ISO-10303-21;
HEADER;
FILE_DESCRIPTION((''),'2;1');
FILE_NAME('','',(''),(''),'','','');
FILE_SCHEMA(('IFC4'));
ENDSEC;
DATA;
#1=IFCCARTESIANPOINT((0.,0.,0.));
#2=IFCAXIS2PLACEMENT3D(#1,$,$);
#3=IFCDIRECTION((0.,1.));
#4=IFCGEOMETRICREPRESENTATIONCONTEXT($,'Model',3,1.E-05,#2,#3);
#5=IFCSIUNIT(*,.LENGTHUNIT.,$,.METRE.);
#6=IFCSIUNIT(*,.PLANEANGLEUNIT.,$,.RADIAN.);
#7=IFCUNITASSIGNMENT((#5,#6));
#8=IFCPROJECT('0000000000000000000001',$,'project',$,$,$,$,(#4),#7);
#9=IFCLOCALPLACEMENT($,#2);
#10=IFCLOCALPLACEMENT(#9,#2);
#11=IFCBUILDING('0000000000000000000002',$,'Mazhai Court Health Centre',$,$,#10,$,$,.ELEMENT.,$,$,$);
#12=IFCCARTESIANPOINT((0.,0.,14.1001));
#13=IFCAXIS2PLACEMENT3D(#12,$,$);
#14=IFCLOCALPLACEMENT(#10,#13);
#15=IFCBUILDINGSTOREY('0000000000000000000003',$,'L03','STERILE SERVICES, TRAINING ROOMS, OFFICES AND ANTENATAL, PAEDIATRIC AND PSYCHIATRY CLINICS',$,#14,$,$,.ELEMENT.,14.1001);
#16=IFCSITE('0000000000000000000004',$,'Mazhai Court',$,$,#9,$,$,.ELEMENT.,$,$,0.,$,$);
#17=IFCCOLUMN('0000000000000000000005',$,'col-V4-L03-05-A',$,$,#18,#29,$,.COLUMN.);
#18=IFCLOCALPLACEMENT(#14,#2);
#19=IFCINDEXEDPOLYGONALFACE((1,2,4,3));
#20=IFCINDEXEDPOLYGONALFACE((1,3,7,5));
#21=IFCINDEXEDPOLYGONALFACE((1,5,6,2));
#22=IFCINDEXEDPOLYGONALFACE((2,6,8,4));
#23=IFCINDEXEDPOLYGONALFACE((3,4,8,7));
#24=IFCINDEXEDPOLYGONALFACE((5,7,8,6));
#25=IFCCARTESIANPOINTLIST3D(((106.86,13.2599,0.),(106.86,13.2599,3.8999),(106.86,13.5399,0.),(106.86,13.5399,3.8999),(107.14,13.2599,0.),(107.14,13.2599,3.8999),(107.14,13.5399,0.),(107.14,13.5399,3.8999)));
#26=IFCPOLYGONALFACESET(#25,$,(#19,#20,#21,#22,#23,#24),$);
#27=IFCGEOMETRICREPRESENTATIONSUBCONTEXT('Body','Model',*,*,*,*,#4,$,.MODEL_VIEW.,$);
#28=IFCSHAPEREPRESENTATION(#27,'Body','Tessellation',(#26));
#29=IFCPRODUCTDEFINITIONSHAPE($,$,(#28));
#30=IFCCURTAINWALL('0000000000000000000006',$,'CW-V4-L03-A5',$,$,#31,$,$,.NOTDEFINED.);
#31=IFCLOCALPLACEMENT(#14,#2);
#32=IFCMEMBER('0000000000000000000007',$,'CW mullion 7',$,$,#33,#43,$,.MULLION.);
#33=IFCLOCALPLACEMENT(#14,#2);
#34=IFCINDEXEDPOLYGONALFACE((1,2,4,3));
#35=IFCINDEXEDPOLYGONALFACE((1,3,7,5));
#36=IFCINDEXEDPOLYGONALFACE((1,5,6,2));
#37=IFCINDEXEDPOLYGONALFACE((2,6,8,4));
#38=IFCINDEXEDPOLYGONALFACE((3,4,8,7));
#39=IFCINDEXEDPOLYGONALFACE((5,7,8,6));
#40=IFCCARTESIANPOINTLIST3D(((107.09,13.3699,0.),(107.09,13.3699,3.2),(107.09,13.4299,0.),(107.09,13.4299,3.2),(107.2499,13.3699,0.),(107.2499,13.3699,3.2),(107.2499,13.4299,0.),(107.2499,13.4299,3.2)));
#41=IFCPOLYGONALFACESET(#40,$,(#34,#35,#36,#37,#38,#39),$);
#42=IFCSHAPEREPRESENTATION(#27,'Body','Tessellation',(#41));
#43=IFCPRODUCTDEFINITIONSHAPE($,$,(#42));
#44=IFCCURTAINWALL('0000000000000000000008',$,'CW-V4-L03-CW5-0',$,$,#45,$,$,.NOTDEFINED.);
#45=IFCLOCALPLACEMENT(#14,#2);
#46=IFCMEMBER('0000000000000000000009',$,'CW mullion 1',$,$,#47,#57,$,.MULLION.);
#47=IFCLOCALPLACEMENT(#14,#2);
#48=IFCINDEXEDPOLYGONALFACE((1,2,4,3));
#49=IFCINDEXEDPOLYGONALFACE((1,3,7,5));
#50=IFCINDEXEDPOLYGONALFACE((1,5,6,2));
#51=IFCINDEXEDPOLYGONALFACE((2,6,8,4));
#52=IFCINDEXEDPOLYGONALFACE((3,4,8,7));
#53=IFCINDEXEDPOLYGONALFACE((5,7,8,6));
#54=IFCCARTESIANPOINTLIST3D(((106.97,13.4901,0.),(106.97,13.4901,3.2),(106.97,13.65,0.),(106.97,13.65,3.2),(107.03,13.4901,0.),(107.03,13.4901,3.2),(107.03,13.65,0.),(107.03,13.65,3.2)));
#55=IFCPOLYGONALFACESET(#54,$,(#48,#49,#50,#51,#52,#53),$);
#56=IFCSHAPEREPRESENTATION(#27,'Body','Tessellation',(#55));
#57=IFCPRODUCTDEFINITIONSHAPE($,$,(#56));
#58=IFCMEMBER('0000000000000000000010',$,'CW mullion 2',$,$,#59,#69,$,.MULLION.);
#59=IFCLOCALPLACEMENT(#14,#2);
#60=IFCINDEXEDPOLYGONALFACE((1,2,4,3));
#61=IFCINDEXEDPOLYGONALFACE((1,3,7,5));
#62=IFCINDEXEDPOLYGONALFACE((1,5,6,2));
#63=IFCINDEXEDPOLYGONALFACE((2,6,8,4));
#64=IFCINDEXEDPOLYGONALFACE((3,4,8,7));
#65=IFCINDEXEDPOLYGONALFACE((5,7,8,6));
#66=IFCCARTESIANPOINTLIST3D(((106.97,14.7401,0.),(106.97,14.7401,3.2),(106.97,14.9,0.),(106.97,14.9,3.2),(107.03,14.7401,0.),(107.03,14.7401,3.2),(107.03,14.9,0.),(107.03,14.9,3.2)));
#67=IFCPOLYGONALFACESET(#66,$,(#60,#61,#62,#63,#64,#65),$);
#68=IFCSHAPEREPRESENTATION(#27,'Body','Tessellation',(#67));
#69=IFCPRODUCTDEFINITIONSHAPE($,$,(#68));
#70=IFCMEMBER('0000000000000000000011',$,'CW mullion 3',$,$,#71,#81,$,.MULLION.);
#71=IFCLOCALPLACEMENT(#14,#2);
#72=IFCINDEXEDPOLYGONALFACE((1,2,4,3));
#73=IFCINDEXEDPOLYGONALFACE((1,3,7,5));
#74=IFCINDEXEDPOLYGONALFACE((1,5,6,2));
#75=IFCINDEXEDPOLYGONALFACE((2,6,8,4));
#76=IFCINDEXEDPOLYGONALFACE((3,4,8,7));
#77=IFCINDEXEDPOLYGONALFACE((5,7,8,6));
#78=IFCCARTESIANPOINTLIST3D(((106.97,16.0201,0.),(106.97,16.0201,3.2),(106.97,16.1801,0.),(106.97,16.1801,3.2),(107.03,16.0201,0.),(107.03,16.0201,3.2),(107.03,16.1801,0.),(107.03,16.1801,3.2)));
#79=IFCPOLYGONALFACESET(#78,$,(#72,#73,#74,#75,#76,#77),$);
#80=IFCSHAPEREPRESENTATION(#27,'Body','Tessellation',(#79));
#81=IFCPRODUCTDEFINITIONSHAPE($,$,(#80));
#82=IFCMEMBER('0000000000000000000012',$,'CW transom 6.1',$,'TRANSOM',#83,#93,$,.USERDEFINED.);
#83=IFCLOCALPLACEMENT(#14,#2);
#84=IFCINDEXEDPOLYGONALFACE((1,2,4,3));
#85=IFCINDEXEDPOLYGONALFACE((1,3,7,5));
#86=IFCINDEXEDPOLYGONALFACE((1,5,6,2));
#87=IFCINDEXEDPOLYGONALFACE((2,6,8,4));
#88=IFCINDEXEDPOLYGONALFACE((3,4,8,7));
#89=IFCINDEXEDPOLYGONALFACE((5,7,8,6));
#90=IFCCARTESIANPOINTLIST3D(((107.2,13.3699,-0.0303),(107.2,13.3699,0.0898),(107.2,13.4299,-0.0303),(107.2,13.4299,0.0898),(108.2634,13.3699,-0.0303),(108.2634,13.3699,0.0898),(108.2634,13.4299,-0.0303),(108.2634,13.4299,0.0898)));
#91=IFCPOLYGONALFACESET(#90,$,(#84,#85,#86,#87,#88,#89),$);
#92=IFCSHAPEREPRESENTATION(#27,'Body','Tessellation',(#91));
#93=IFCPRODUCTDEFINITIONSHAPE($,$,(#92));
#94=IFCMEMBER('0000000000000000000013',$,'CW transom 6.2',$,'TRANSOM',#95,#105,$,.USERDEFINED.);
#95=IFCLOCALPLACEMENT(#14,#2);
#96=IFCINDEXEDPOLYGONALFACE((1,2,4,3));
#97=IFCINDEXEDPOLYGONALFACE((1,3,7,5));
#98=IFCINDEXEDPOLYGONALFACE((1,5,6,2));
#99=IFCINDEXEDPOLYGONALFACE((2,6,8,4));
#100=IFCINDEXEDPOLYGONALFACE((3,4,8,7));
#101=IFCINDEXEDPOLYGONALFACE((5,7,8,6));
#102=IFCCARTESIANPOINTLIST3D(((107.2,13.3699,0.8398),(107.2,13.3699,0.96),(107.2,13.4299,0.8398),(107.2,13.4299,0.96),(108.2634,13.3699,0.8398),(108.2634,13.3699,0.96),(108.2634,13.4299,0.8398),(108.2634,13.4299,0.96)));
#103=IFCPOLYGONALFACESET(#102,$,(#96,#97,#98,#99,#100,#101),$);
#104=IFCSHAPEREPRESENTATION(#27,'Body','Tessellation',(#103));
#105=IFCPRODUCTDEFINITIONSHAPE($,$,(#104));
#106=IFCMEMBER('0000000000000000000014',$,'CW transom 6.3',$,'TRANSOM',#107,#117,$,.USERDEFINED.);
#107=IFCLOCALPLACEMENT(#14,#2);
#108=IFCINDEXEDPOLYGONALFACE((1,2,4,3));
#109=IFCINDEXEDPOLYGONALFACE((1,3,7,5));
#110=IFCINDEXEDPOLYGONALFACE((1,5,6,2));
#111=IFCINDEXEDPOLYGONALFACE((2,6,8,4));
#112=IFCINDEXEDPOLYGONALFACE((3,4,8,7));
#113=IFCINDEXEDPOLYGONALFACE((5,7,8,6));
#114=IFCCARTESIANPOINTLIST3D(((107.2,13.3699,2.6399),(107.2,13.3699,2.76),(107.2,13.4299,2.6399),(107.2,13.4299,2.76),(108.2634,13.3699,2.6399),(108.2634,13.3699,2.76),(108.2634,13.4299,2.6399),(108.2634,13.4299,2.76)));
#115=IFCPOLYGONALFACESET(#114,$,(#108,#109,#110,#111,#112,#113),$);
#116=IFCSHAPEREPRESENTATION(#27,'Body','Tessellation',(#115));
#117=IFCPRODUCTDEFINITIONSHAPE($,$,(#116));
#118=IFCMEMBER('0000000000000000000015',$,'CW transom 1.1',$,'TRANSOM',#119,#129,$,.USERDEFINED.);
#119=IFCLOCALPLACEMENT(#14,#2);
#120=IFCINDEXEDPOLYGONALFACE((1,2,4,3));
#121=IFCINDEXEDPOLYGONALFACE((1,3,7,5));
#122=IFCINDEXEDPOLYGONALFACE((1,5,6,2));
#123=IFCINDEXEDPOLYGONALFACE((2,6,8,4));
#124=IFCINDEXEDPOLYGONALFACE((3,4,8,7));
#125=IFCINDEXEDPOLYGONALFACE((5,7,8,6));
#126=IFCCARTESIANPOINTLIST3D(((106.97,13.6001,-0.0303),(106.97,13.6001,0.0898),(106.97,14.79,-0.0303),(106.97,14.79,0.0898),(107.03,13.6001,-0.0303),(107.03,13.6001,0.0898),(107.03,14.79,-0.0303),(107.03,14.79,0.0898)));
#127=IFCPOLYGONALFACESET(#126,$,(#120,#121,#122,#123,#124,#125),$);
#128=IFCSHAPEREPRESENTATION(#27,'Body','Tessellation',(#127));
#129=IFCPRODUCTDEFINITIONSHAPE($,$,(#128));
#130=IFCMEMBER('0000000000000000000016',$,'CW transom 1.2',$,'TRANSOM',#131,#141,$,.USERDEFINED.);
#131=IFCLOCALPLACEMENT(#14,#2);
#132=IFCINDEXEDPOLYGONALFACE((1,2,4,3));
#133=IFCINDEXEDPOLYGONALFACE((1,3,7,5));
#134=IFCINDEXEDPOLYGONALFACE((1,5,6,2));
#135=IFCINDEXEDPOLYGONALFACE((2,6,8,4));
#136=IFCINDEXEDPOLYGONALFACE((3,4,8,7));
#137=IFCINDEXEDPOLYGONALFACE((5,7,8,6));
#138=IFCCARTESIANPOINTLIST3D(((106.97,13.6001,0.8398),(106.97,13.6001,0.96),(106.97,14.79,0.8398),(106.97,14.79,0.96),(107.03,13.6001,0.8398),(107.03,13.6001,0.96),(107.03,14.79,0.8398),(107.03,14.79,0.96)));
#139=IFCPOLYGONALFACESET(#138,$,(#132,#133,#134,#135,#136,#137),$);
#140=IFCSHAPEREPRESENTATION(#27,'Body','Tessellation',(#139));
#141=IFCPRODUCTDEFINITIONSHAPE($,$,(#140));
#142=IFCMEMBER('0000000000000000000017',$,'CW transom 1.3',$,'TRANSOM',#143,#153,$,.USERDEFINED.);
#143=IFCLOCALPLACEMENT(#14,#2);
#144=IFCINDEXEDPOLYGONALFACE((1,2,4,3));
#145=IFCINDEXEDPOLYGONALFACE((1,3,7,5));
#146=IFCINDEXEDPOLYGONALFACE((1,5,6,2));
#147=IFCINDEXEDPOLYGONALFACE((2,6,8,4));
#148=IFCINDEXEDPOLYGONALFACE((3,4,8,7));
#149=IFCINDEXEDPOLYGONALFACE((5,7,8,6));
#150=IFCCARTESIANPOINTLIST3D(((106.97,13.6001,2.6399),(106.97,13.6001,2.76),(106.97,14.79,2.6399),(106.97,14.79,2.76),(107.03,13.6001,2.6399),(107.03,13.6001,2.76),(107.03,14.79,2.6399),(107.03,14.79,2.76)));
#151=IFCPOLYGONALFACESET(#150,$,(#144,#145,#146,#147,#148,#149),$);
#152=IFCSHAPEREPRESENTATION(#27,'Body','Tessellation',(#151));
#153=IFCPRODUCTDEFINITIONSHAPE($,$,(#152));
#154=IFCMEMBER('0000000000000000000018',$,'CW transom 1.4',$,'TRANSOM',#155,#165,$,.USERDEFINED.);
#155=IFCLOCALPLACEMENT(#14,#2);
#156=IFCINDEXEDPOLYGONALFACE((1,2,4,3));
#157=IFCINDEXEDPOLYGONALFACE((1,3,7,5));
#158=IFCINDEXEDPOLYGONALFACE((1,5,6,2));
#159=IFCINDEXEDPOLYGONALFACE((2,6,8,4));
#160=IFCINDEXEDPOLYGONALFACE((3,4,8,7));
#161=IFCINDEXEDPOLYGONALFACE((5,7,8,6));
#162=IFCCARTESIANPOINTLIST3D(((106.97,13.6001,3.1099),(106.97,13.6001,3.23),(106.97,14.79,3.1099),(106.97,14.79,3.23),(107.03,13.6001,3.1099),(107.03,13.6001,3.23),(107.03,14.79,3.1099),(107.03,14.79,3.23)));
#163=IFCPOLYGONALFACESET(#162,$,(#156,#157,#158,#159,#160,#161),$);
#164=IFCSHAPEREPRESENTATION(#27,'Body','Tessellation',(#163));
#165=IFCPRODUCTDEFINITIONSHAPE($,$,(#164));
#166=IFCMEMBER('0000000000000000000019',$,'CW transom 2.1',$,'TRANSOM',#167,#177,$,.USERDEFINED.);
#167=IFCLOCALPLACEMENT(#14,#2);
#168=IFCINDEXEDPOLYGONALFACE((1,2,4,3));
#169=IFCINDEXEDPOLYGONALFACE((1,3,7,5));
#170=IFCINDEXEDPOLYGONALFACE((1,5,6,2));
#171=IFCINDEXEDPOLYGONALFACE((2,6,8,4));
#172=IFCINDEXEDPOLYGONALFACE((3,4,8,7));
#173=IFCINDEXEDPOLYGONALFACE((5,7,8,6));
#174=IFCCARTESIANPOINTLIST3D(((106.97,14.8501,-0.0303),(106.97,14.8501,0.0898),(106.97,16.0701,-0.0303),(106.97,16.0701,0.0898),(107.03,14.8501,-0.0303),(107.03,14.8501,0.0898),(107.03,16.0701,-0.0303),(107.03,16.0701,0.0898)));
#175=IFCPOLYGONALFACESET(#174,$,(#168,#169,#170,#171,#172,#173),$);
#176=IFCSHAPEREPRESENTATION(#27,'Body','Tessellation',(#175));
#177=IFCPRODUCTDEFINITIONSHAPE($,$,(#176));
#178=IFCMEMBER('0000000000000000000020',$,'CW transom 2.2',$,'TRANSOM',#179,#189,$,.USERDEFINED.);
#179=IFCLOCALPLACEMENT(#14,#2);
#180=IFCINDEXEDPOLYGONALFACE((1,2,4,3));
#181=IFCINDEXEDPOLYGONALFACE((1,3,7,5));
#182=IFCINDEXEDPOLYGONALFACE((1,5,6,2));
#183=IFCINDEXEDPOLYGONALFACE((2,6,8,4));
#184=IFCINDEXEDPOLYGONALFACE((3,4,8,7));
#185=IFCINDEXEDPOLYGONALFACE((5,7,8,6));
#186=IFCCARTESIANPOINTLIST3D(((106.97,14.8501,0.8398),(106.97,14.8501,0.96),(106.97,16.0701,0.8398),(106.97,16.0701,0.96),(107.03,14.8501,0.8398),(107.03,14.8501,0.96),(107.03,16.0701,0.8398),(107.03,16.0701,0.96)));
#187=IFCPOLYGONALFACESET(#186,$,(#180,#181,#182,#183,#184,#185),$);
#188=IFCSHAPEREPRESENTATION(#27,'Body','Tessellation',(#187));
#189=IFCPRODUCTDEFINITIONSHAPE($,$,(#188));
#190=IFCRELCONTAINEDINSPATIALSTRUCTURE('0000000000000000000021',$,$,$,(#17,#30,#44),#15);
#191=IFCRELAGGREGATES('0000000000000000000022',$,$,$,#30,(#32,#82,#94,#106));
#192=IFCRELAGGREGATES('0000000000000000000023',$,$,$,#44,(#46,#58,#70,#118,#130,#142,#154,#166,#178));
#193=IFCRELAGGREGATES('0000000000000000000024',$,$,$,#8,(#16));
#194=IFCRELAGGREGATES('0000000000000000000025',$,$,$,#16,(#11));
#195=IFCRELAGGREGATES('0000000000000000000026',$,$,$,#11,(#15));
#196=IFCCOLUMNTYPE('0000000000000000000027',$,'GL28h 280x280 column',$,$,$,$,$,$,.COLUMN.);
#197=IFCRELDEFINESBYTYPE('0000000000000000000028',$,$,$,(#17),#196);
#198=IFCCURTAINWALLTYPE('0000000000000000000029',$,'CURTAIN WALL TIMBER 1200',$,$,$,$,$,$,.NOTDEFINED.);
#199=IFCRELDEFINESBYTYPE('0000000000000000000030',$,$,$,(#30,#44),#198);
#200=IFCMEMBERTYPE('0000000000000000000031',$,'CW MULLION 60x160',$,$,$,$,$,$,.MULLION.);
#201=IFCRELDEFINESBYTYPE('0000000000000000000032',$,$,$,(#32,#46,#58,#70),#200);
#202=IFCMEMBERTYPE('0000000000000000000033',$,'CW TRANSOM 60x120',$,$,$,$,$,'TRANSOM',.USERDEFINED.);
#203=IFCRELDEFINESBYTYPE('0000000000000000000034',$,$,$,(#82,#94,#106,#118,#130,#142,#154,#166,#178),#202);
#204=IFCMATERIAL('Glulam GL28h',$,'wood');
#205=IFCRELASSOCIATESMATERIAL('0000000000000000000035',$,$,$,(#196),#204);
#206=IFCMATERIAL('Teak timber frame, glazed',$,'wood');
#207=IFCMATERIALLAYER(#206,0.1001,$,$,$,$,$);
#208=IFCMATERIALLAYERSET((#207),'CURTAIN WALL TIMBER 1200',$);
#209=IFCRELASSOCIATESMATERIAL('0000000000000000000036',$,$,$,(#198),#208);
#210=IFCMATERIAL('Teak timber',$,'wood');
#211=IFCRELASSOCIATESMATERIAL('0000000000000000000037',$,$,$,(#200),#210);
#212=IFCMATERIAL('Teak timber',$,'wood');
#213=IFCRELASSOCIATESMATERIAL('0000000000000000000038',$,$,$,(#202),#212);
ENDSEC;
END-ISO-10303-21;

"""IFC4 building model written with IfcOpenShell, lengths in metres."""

from ifc_helpers import new_model, si_unit, direction, frame, origin, origin_2d, place, context, subcontext, project, spatial, rectangle, extrude, material, layer, layer_set, material_profile, profile_set, type_object, element, aggregate, save


model = new_model("IFC4")

# Units and contexts
model_context = context("Model", 3, precision=1e-05, world=origin(), true_north=direction((0.0, 1.0)))
body_context = subcontext(model_context, "Body", "Model", "MODEL_VIEW")
ifc_project = project(units=[si_unit("LENGTHUNIT", "METRE"), si_unit("PLANEANGLEUNIT", "RADIAN")], contexts=[model_context])

# Site, building, storey
site_placement = place(None, origin())
site = spatial("IfcSite", under=ifc_project, at=site_placement, Name="Mazhai Court", CompositionType="ELEMENT", RefElevation=0.0)
building_placement = place(site_placement, origin())
building = spatial("IfcBuilding", under=site, at=building_placement, Name="Mazhai Court Health Centre", CompositionType="ELEMENT")
storey_placement = place(building_placement, frame((0.0, 0.0, 14.1001)))
storey = spatial("IfcBuildingStorey", under=building, at=storey_placement, Name="L03", Description="STERILE SERVICES, TRAINING ROOMS, OFFICES AND ANTENATAL, PAEDIATRIC AND PSYCHIATRY CLINICS", CompositionType="ELEMENT", Elevation=14.1001)

# Column
ifc_material_1 = material(Name="Glulam GL28h", Category="wood")
ifc_material_profile_1 = material_profile(ifc_material_1, rectangle(XDim=0.28, YDim=0.28, at=origin_2d()), Name="GL28h 280x280")
ifc_profile_set_1 = profile_set([ifc_material_profile_1], Name="Glulam GL28h")
column_type = type_object("IfcColumnType", Name="GL28h 280x280 column", PredefinedType="COLUMN", material=ifc_profile_set_1)
column_placement = place(storey_placement, frame((107.0, 13.3999, 0.0), z_axis=(0.0, 0.0, 1.0), x_axis=(1.0, 0.0, 0.0)))
element("IfcColumn", 1, at=column_placement, inside=storey, type_object=column_type, Name="col-V4-L03-05-A", PredefinedType="COLUMN", context=body_context, shape_type="SweptSolid", body=[
    extrude(rectangle(XDim=0.28, YDim=0.28, at=origin_2d()), origin(), (0.0, 0.0, 1.0), 3.8999),
])

# Curtain wall, member
ifc_material_2 = material(Name="Teak timber frame, glazed", Category="wood")
ifc_layer_1 = layer(ifc_material_2, 0.1001)
ifc_layer_set_1 = layer_set([ifc_layer_1], Name="CURTAIN WALL TIMBER 1200")
curtain_wall_type = type_object("IfcCurtainWallType", Name="CURTAIN WALL TIMBER 1200", PredefinedType="NOTDEFINED", material=ifc_layer_set_1)
curtain_wall_1_placement = place(storey_placement, origin())
curtain_wall_1 = element("IfcCurtainWall", 2, at=curtain_wall_1_placement, inside=storey, type_object=curtain_wall_type, Name="CW-V4-L03-A5", PredefinedType="NOTDEFINED")
ifc_material_3 = material(Name="Teak timber", Category="wood")
ifc_material_profile_2 = material_profile(ifc_material_3, rectangle(XDim=0.0601, YDim=0.1599, at=origin_2d()), Name="CW MULLION 60x160")
ifc_profile_set_2 = profile_set([ifc_material_profile_2], Name="Teak timber")
member_type_1 = type_object("IfcMemberType", Name="CW MULLION 60x160", PredefinedType="MULLION", material=ifc_profile_set_2)
member_1_placement = place(storey_placement, frame((107.1699, 13.3999, 0.0), z_axis=(0.0, 0.0, 1.0), x_axis=(0.0, -1.0, 0.0)))
member_1 = element("IfcMember", 3, at=member_1_placement, type_object=member_type_1, Name="CW mullion 7", PredefinedType="MULLION", context=body_context, shape_type="SweptSolid", body=[
    extrude(rectangle(XDim=0.0601, YDim=0.1599, at=origin_2d()), origin(), (0.0, 0.0, 1.0), 3.2),
])

# Curtain wall, members
curtain_wall_2_placement = place(storey_placement, origin())
curtain_wall_2 = element("IfcCurtainWall", 4, at=curtain_wall_2_placement, inside=storey, type_object=curtain_wall_type, Name="CW-V4-L03-CW5-0", PredefinedType="NOTDEFINED")
member_2_placement = place(storey_placement, frame((107.0, 13.5701, 0.0), z_axis=(0.0, 0.0, 1.0), x_axis=(-1.0, 0.0, 0.0)))
member_2 = element("IfcMember", 5, at=member_2_placement, type_object=member_type_1, Name="CW mullion 1", PredefinedType="MULLION", context=body_context, shape_type="SweptSolid", body=[
    extrude(rectangle(XDim=0.0601, YDim=0.1599, at=origin_2d()), origin(), (0.0, 0.0, 1.0), 3.2),
])
member_3_placement = place(storey_placement, frame((107.0, 14.8201, 0.0), z_axis=(0.0, 0.0, 1.0), x_axis=(-1.0, 0.0, 0.0)))
member_3 = element("IfcMember", 6, at=member_3_placement, type_object=member_type_1, Name="CW mullion 2", PredefinedType="MULLION", context=body_context, shape_type="SweptSolid", body=[
    extrude(rectangle(XDim=0.0601, YDim=0.1599, at=origin_2d()), origin(), (0.0, 0.0, 1.0), 3.2),
])
member_4_placement = place(storey_placement, frame((107.0, 16.1001, 0.0), z_axis=(0.0, 0.0, 1.0), x_axis=(-1.0, 0.0, 0.0)))
member_4 = element("IfcMember", 7, at=member_4_placement, type_object=member_type_1, Name="CW mullion 3", PredefinedType="MULLION", context=body_context, shape_type="SweptSolid", body=[
    extrude(rectangle(XDim=0.0601, YDim=0.1599, at=origin_2d()), origin(), (0.0, 0.0, 1.0), 3.2),
])

# Members
ifc_material_4 = material(Name="Teak timber", Category="wood")
ifc_material_profile_3 = material_profile(ifc_material_4, rectangle(XDim=0.0601, YDim=0.1201, at=origin_2d()), Name="CW TRANSOM 60x120")
ifc_profile_set_3 = profile_set([ifc_material_profile_3], Name="Teak timber")
member_type_2 = type_object("IfcMemberType", Name="CW TRANSOM 60x120", ElementType="TRANSOM", PredefinedType="USERDEFINED", material=ifc_profile_set_3)
member_5_placement = place(storey_placement, frame((108.2634, 13.3999, 0.0298), z_axis=(-1.0, 0.0, 0.0), x_axis=(0.0, -1.0, 0.0)))
member_5 = element("IfcMember", 8, at=member_5_placement, type_object=member_type_2, Name="CW transom 6.1", ObjectType="TRANSOM", PredefinedType="USERDEFINED", context=body_context, shape_type="SweptSolid", body=[
    extrude(rectangle(XDim=0.0601, YDim=0.1201, at=origin_2d()), origin(), (0.0, 0.0, 1.0), 1.0635),
])
member_6_placement = place(storey_placement, frame((108.2634, 13.3999, 0.8999), z_axis=(-1.0, 0.0, 0.0), x_axis=(0.0, -1.0, 0.0)))
member_6 = element("IfcMember", 9, at=member_6_placement, type_object=member_type_2, Name="CW transom 6.2", ObjectType="TRANSOM", PredefinedType="USERDEFINED", context=body_context, shape_type="SweptSolid", body=[
    extrude(rectangle(XDim=0.0601, YDim=0.1201, at=origin_2d()), origin(), (0.0, 0.0, 1.0), 1.0635),
])
member_7_placement = place(storey_placement, frame((108.2634, 13.3999, 2.7), z_axis=(-1.0, 0.0, 0.0), x_axis=(0.0, -1.0, 0.0)))
member_7 = element("IfcMember", 10, at=member_7_placement, type_object=member_type_2, Name="CW transom 6.3", ObjectType="TRANSOM", PredefinedType="USERDEFINED", context=body_context, shape_type="SweptSolid", body=[
    extrude(rectangle(XDim=0.0601, YDim=0.1201, at=origin_2d()), origin(), (0.0, 0.0, 1.0), 1.0635),
])
member_8_placement = place(storey_placement, frame((107.0, 13.6001, 0.0298), z_axis=(0.0, 1.0, 0.0), x_axis=(-1.0, 0.0, 0.0)))
member_8 = element("IfcMember", 11, at=member_8_placement, type_object=member_type_2, Name="CW transom 1.1", ObjectType="TRANSOM", PredefinedType="USERDEFINED", context=body_context, shape_type="SweptSolid", body=[
    extrude(rectangle(XDim=0.0601, YDim=0.1201, at=origin_2d()), origin(), (0.0, 0.0, 1.0), 1.1899),
])
member_9_placement = place(storey_placement, frame((107.0, 13.6001, 0.8999), z_axis=(0.0, 1.0, 0.0), x_axis=(-1.0, 0.0, 0.0)))
member_9 = element("IfcMember", 12, at=member_9_placement, type_object=member_type_2, Name="CW transom 1.2", ObjectType="TRANSOM", PredefinedType="USERDEFINED", context=body_context, shape_type="SweptSolid", body=[
    extrude(rectangle(XDim=0.0601, YDim=0.1201, at=origin_2d()), origin(), (0.0, 0.0, 1.0), 1.1899),
])
member_10_placement = place(storey_placement, frame((107.0, 13.6001, 2.7), z_axis=(0.0, 1.0, 0.0), x_axis=(-1.0, 0.0, 0.0)))
member_10 = element("IfcMember", 13, at=member_10_placement, type_object=member_type_2, Name="CW transom 1.3", ObjectType="TRANSOM", PredefinedType="USERDEFINED", context=body_context, shape_type="SweptSolid", body=[
    extrude(rectangle(XDim=0.0601, YDim=0.1201, at=origin_2d()), origin(), (0.0, 0.0, 1.0), 1.1899),
])
member_11_placement = place(storey_placement, frame((107.0, 13.6001, 3.1699), z_axis=(0.0, 1.0, 0.0), x_axis=(-1.0, 0.0, 0.0)))
member_11 = element("IfcMember", 14, at=member_11_placement, type_object=member_type_2, Name="CW transom 1.4", ObjectType="TRANSOM", PredefinedType="USERDEFINED", context=body_context, shape_type="SweptSolid", body=[
    extrude(rectangle(XDim=0.0601, YDim=0.1201, at=origin_2d()), origin(), (0.0, 0.0, 1.0), 1.1899),
])
member_12_placement = place(storey_placement, frame((107.0, 14.8501, 0.0298), z_axis=(0.0, 1.0, 0.0), x_axis=(-1.0, 0.0, 0.0)))
member_12 = element("IfcMember", 15, at=member_12_placement, type_object=member_type_2, Name="CW transom 2.1", ObjectType="TRANSOM", PredefinedType="USERDEFINED", context=body_context, shape_type="SweptSolid", body=[
    extrude(rectangle(XDim=0.0601, YDim=0.1201, at=origin_2d()), origin(), (0.0, 0.0, 1.0), 1.22),
])
member_13_placement = place(storey_placement, frame((107.0, 14.8501, 0.8999), z_axis=(0.0, 1.0, 0.0), x_axis=(-1.0, 0.0, 0.0)))
member_13 = element("IfcMember", 16, at=member_13_placement, type_object=member_type_2, Name="CW transom 2.2", ObjectType="TRANSOM", PredefinedType="USERDEFINED", context=body_context, shape_type="SweptSolid", body=[
    extrude(rectangle(XDim=0.0601, YDim=0.1201, at=origin_2d()), origin(), (0.0, 0.0, 1.0), 1.22),
])

aggregate(curtain_wall_1, [member_1, member_5, member_6, member_7])
aggregate(curtain_wall_2, [member_2, member_3, member_4, member_8, member_9, member_10, member_11, member_12, member_13])

save(model, "model.ifc")
